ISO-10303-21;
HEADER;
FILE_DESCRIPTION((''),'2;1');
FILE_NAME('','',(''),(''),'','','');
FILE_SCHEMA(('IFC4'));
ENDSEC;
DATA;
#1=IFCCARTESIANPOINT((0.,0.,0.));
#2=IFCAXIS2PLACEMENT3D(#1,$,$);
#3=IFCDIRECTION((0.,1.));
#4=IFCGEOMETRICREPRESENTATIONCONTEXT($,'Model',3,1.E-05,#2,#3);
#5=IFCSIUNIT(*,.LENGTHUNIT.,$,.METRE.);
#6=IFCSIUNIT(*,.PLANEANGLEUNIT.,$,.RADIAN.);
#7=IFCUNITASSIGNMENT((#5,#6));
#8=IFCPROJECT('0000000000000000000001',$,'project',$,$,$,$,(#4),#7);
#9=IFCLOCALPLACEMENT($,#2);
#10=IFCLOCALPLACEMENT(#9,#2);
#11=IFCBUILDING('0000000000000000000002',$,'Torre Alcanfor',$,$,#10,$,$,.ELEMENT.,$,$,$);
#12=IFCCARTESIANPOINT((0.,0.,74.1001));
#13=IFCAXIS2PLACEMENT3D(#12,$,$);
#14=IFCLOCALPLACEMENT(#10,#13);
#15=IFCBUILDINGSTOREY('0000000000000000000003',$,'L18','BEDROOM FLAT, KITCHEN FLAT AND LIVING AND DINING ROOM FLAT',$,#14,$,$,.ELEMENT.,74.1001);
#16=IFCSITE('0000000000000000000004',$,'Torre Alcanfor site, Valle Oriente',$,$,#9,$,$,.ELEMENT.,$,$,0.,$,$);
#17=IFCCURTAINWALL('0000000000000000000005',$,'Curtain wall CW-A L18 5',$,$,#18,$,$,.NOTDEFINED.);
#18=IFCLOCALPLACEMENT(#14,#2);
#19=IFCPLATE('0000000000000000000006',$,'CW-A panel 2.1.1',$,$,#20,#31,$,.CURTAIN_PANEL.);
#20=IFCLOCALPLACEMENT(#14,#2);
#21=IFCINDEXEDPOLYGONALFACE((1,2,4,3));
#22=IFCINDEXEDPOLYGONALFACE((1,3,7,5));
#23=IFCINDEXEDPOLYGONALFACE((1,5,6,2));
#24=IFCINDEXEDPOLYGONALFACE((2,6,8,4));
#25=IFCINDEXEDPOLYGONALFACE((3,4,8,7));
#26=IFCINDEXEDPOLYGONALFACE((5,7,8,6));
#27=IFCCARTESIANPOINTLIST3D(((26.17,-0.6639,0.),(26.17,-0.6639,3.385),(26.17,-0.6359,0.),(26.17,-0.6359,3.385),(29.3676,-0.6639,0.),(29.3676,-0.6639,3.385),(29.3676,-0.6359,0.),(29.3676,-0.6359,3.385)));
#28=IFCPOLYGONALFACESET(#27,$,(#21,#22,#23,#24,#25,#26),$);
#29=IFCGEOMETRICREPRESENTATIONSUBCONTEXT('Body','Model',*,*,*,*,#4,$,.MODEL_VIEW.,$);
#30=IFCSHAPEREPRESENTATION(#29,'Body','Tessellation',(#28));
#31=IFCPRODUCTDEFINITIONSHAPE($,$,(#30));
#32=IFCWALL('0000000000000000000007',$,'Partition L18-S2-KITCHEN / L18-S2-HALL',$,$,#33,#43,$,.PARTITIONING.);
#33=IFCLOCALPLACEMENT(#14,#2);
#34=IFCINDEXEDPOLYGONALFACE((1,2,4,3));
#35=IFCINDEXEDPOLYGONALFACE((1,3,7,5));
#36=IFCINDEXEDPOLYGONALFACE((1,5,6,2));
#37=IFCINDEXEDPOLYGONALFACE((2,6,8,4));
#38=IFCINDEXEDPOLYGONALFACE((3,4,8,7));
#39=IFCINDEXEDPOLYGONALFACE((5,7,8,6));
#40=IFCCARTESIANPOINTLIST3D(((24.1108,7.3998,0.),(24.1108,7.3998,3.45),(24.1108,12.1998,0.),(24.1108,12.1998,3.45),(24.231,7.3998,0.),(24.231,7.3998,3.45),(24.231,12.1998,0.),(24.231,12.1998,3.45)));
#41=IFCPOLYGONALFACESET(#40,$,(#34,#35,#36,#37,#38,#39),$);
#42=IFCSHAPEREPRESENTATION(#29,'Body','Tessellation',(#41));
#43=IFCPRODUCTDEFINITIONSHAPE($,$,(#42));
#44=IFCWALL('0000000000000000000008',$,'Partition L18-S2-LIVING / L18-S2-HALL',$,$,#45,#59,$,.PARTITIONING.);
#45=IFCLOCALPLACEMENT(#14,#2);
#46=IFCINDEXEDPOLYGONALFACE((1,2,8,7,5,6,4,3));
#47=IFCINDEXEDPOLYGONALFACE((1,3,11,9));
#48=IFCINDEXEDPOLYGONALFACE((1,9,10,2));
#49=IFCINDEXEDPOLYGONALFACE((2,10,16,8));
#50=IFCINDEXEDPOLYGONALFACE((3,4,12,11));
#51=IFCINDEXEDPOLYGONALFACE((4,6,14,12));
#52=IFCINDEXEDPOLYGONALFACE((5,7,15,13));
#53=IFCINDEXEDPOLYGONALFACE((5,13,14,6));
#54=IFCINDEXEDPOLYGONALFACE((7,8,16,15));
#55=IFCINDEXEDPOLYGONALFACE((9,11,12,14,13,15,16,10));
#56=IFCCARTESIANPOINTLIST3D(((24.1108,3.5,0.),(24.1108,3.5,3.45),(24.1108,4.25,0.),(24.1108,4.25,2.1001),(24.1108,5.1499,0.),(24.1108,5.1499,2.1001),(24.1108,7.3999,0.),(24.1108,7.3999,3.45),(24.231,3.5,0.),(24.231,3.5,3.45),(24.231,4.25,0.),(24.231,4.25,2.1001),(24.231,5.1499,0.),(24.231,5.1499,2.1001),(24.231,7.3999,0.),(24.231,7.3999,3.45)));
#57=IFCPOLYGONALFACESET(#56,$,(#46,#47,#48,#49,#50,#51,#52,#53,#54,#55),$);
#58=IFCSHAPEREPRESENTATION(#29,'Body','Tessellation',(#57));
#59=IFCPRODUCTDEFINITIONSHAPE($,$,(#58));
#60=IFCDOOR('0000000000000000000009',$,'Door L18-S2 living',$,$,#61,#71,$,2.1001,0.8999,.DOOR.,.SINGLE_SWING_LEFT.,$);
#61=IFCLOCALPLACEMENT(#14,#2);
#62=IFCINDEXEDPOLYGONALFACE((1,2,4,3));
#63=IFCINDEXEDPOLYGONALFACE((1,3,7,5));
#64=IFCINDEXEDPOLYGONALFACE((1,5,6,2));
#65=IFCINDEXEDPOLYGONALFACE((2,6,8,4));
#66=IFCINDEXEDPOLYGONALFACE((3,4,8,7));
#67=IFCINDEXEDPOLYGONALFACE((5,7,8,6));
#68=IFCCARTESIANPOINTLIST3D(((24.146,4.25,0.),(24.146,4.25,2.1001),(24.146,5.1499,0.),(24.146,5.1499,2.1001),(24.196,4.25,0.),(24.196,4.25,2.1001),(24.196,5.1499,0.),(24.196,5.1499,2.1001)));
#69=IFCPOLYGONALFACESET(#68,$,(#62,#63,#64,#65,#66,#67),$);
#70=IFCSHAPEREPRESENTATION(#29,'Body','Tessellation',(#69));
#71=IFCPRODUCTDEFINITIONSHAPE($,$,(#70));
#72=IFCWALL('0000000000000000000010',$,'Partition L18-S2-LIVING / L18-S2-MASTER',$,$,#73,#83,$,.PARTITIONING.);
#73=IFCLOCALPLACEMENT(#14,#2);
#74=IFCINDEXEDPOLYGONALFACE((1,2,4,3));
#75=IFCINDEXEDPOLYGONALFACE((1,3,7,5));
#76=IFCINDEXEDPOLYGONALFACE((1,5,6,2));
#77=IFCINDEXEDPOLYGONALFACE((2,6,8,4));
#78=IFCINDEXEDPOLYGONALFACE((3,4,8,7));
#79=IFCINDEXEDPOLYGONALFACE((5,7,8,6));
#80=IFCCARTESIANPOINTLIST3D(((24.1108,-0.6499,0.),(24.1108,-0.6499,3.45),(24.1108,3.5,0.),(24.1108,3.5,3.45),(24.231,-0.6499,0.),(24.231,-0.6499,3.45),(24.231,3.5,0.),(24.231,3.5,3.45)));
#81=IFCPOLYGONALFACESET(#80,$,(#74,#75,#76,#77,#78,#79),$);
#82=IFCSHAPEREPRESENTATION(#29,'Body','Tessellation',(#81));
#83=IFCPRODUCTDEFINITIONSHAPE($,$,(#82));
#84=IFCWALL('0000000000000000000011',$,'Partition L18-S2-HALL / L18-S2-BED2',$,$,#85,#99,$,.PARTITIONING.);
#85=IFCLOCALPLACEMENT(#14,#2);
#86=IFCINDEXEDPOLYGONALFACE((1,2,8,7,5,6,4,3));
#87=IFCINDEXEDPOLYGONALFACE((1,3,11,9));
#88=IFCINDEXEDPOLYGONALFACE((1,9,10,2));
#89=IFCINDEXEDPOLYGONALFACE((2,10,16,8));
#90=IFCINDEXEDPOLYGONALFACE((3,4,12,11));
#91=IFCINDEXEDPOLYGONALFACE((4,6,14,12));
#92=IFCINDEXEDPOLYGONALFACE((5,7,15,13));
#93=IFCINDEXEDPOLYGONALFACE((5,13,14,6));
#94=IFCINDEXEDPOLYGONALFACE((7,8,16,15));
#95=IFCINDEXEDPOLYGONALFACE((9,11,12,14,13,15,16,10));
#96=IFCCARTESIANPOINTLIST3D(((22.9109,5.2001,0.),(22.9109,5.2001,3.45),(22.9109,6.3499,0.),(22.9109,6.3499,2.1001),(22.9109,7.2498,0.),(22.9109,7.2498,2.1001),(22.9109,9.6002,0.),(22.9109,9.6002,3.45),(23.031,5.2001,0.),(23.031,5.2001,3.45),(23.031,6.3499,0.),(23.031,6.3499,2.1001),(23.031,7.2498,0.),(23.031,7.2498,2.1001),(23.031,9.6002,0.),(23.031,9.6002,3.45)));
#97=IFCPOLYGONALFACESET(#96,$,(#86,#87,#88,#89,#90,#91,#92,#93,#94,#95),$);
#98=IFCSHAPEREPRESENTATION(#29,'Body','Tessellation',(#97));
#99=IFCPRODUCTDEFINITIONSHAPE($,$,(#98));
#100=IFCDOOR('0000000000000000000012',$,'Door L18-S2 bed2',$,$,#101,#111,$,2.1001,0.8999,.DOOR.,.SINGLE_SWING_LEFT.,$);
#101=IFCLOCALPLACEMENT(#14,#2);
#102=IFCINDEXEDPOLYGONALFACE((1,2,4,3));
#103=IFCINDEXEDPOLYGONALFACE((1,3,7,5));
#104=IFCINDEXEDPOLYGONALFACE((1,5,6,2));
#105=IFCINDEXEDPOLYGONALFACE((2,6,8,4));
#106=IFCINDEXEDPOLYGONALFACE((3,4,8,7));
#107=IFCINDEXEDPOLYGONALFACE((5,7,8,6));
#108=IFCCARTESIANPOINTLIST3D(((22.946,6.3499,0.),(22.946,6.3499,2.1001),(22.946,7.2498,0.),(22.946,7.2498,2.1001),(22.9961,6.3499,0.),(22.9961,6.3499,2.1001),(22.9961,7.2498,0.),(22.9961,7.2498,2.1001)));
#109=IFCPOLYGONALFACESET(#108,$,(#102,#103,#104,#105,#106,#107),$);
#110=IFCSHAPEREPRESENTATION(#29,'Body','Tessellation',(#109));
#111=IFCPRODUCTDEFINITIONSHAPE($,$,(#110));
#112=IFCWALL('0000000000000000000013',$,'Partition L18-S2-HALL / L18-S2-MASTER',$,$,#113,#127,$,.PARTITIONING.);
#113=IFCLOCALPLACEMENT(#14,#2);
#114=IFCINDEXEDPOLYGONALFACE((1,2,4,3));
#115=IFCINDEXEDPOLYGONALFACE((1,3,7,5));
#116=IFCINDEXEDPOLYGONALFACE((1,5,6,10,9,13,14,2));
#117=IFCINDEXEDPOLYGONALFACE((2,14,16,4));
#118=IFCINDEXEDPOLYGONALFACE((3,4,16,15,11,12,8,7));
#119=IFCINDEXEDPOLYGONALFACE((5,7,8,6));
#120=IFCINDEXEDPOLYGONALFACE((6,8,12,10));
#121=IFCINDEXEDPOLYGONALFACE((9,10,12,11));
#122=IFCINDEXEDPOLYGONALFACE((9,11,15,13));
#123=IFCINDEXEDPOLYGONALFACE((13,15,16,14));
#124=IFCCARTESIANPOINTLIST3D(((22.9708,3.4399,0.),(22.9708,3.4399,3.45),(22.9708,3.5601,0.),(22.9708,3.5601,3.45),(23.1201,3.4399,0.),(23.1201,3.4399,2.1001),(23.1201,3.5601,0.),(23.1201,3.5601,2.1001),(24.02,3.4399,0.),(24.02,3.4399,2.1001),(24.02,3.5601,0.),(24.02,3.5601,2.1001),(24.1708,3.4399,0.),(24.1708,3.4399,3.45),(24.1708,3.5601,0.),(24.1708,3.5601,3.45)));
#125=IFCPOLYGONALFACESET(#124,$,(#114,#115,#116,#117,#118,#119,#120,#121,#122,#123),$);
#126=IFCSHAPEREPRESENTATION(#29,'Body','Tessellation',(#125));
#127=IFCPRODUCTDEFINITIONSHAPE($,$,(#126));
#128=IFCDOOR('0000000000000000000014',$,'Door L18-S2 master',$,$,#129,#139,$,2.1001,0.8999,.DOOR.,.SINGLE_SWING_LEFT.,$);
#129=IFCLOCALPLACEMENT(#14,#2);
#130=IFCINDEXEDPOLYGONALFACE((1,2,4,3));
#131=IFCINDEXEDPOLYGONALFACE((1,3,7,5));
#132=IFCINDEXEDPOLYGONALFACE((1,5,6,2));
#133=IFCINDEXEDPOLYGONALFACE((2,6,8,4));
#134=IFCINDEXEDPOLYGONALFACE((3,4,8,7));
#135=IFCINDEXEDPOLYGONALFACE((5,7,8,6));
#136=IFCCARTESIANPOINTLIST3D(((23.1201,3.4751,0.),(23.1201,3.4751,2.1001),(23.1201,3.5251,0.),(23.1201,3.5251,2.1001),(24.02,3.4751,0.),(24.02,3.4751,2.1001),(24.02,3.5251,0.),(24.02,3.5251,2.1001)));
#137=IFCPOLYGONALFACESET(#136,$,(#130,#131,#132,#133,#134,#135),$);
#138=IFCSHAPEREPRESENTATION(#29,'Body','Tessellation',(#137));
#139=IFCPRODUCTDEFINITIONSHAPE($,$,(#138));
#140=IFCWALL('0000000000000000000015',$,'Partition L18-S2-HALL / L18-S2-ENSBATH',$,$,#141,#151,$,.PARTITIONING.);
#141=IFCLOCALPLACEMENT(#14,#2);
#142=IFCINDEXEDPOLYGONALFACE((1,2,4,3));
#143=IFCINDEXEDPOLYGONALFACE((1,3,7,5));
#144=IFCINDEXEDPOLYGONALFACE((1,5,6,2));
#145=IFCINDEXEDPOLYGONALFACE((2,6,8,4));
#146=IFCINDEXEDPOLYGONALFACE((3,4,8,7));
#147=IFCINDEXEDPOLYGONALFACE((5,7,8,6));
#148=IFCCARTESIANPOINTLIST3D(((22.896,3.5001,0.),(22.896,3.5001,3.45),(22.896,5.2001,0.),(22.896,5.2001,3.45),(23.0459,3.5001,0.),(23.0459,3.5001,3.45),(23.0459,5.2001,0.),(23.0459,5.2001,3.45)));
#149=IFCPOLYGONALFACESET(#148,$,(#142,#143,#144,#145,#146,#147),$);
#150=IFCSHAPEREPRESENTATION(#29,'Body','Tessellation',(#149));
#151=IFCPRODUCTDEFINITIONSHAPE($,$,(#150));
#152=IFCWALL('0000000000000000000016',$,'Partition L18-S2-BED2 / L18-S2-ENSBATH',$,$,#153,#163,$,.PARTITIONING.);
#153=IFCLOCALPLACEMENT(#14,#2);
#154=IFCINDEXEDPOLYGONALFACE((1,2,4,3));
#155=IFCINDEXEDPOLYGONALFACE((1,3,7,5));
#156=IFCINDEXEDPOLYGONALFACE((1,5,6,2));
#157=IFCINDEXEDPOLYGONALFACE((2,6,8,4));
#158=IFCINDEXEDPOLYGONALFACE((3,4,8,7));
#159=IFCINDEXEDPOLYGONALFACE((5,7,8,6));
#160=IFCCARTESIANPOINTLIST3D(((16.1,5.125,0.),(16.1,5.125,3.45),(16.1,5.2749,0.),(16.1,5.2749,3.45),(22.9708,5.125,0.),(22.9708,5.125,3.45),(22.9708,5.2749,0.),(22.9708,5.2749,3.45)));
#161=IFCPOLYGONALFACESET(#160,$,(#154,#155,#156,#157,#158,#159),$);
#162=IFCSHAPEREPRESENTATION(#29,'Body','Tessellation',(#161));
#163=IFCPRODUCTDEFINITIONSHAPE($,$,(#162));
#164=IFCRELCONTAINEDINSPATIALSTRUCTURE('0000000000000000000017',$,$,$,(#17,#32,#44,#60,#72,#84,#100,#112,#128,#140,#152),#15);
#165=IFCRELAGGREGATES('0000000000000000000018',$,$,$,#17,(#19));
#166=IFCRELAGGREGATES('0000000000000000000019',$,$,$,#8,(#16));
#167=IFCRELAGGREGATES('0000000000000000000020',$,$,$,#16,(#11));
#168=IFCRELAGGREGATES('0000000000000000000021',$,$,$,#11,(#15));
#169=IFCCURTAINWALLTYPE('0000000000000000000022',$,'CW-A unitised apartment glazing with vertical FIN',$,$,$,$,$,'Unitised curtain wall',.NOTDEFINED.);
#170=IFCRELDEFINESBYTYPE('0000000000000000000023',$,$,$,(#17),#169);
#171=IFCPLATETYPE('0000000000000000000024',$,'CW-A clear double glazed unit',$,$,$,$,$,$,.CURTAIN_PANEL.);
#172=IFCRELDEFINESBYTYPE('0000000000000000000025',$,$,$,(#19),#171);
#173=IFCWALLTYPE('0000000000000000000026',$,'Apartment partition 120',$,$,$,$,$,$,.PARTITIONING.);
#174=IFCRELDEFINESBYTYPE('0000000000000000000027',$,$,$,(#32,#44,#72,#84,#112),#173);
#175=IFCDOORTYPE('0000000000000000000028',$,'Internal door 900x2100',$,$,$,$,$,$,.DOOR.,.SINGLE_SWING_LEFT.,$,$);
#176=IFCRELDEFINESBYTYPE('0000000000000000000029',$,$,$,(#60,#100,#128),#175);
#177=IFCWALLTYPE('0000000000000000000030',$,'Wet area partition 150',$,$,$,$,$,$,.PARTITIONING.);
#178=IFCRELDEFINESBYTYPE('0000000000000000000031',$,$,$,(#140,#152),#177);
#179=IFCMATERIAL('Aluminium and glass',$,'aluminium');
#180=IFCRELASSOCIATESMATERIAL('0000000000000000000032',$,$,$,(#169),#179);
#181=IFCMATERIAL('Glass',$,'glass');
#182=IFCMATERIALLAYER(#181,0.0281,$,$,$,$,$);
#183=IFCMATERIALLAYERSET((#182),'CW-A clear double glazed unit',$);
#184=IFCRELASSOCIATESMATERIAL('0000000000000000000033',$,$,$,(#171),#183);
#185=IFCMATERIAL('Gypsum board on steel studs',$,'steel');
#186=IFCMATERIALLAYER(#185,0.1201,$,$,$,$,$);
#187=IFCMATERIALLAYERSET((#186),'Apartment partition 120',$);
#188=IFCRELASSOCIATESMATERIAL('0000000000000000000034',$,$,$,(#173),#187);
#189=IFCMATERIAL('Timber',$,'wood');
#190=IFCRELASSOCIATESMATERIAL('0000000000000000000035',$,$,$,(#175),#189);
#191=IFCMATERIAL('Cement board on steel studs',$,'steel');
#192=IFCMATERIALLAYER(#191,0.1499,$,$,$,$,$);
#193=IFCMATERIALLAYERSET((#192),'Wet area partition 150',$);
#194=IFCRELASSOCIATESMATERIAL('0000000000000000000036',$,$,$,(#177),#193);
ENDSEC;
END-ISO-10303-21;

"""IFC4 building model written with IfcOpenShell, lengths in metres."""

from ifc_helpers import new_model, si_unit, direction, frame, frame_2d, origin, origin_2d, place, context, subcontext, project, spatial, rectangle, extrude, material, layer, layer_set, type_object, element, fill, aggregate, save


model = new_model("IFC4")

# Units and contexts
model_context = context("Model", 3, precision=1e-05, world=origin(), true_north=direction((0.0, 1.0)))
body_context = subcontext(model_context, "Body", "Model", "MODEL_VIEW")
ifc_project = project(units=[si_unit("LENGTHUNIT", "METRE"), si_unit("PLANEANGLEUNIT", "RADIAN")], contexts=[model_context])

# Site, building, storey
site_placement = place(None, origin())
site = spatial("IfcSite", under=ifc_project, at=site_placement, Name="Torre Alcanfor site, Valle Oriente", CompositionType="ELEMENT", RefElevation=0.0)
building_placement = place(site_placement, origin())
building = spatial("IfcBuilding", under=site, at=building_placement, Name="Torre Alcanfor", CompositionType="ELEMENT")
storey_placement = place(building_placement, frame((0.0, 0.0, 74.1001)))
storey = spatial("IfcBuildingStorey", under=building, at=storey_placement, Name="L18", Description="BEDROOM FLAT, KITCHEN FLAT AND LIVING AND DINING ROOM FLAT", CompositionType="ELEMENT", Elevation=74.1001)

# Curtain wall
ifc_material_1 = material(Name="Aluminium and glass", Category="aluminium")
curtain_wall_type = type_object("IfcCurtainWallType", Name="CW-A unitised apartment glazing with vertical FIN", ElementType="Unitised curtain wall", PredefinedType="NOTDEFINED", material=ifc_material_1)
curtain_wall_placement = place(storey_placement, origin())
curtain_wall = element("IfcCurtainWall", 1, at=curtain_wall_placement, inside=storey, type_object=curtain_wall_type, Name="Curtain wall CW-A L18 5", PredefinedType="NOTDEFINED")

# Plate
ifc_material_2 = material(Name="Glass", Category="glass")
ifc_layer_1 = layer(ifc_material_2, 0.0281)
ifc_layer_set_1 = layer_set([ifc_layer_1], Name="CW-A clear double glazed unit")
plate_type = type_object("IfcPlateType", Name="CW-A clear double glazed unit", PredefinedType="CURTAIN_PANEL", material=ifc_layer_set_1)
plate_1_placement = place(storey_placement, frame((27.7688, -0.6499, 0.0), z_axis=(0.0, 0.0, 1.0), x_axis=(1.0, 0.0, 0.0)))
plate_1 = element("IfcPlate", 2, at=plate_1_placement, type_object=plate_type, Name="CW-A panel 2.1.1", PredefinedType="CURTAIN_PANEL", context=body_context, shape_type="SweptSolid", body=[
    extrude(rectangle(XDim=3.1975, YDim=0.0281, at=origin_2d()), origin(), (0.0, 0.0, 1.0), 3.385),
])
aggregate(curtain_wall, [plate_1])

# Wall
ifc_material_3 = material(Name="Gypsum board on steel studs", Category="steel")
ifc_layer_2 = layer(ifc_material_3, 0.1201)
ifc_layer_set_2 = layer_set([ifc_layer_2], Name="Apartment partition 120")
wall_type_1 = type_object("IfcWallType", Name="Apartment partition 120", PredefinedType="PARTITIONING", material=ifc_layer_set_2)
wall_1_placement = place(storey_placement, frame((24.1709, 7.3999, 0.0), z_axis=(0.0, 0.0, 1.0), x_axis=(0.0, 1.0, 0.0)))
element("IfcWall", 3, at=wall_1_placement, inside=storey, type_object=wall_type_1, Name="Partition L18-S2-KITCHEN / L18-S2-HALL", PredefinedType="PARTITIONING", context=body_context, shape_type="SweptSolid", body=[
    extrude(rectangle(XDim=4.8, YDim=0.1201, at=frame_2d((2.3999, 0.0))), origin(), (0.0, 0.0, 1.0), 3.45),
])

# Wall, opening, door
wall_2_placement = place(storey_placement, frame((24.1709, 3.5, 0.0), z_axis=(0.0, 0.0, 1.0), x_axis=(0.0, 1.0, 0.0)))
wall_2 = element("IfcWall", 4, at=wall_2_placement, inside=storey, type_object=wall_type_1, Name="Partition L18-S2-LIVING / L18-S2-HALL", PredefinedType="PARTITIONING", context=body_context, shape_type="SweptSolid", body=[
    extrude(rectangle(XDim=3.8999, YDim=0.1201, at=frame_2d((1.95, 0.0))), origin(), (0.0, 0.0, 1.0), 3.45),
])
opening_1_placement = place(wall_2_placement, frame((0.75, 0.0, 0.0)))
opening_1 = element("IfcOpeningElement", 5, at=opening_1_placement, cuts=wall_2, PredefinedType="OPENING", context=body_context, shape_type="SweptSolid", body=[
    extrude(rectangle(XDim=0.8999, YDim=2.1001, at=frame_2d((0.45, 1.05))), frame((0.0, 0.0701, 0.0), z_axis=(0.0, -1.0, 0.0), x_axis=(1.0, 0.0, 0.0)), (0.0, 0.0, 1.0), 0.1401),
])
ifc_material_4 = material(Name="Timber", Category="wood")
door_type_1 = type_object("IfcDoorType", Name="Internal door 900x2100", OperationType="SINGLE_SWING_LEFT", PredefinedType="DOOR", material=ifc_material_4)
door_1_placement = place(opening_1_placement, frame((0.8999, 0.0, 0.0), z_axis=(0.0, 0.0, 1.0), x_axis=(-1.0, 0.0, 0.0)))
door_1 = element("IfcDoor", 6, at=door_1_placement, inside=storey, type_object=door_type_1, Name="Door L18-S2 living", OperationType="SINGLE_SWING_LEFT", OverallHeight=2.1001, OverallWidth=0.8999, PredefinedType="DOOR", context=body_context, shape_type="SweptSolid", body=[
    extrude(rectangle(XDim=0.8999, YDim=2.1001, at=frame_2d((0.45, 1.05))), frame((0.0, 0.0251, 0.0), z_axis=(0.0, -1.0, 0.0), x_axis=(1.0, 0.0, 0.0)), (0.0, 0.0, 1.0), 0.05),
])
fill(opening_1, door_1)

# Wall
wall_3_placement = place(storey_placement, frame((24.1709, -0.6499, 0.0), z_axis=(0.0, 0.0, 1.0), x_axis=(0.0, 1.0, 0.0)))
element("IfcWall", 7, at=wall_3_placement, inside=storey, type_object=wall_type_1, Name="Partition L18-S2-LIVING / L18-S2-MASTER", PredefinedType="PARTITIONING", context=body_context, shape_type="SweptSolid", body=[
    extrude(rectangle(XDim=4.1499, YDim=0.1201, at=frame_2d((2.075, 0.0))), origin(), (0.0, 0.0, 1.0), 3.45),
])

# Walls, openings, doors
wall_4_placement = place(storey_placement, frame((22.9709, 5.2, 0.0), z_axis=(0.0, 0.0, 1.0), x_axis=(0.0, 1.0, 0.0)))
wall_4 = element("IfcWall", 8, at=wall_4_placement, inside=storey, type_object=wall_type_1, Name="Partition L18-S2-HALL / L18-S2-BED2", PredefinedType="PARTITIONING", context=body_context, shape_type="SweptSolid", body=[
    extrude(rectangle(XDim=4.4001, YDim=0.1201, at=frame_2d((2.2002, 0.0))), origin(), (0.0, 0.0, 1.0), 3.45),
])
opening_2_placement = place(wall_4_placement, frame((1.1499, 0.0, 0.0)))
opening_2 = element("IfcOpeningElement", 9, at=opening_2_placement, cuts=wall_4, PredefinedType="OPENING", context=body_context, shape_type="SweptSolid", body=[
    extrude(rectangle(XDim=0.8999, YDim=2.1001, at=frame_2d((0.45, 1.05))), frame((0.0, 0.0701, 0.0), z_axis=(0.0, -1.0, 0.0), x_axis=(1.0, 0.0, 0.0)), (0.0, 0.0, 1.0), 0.1401),
])
door_2_placement = place(opening_2_placement, origin())
door_2 = element("IfcDoor", 10, at=door_2_placement, inside=storey, type_object=door_type_1, Name="Door L18-S2 bed2", OperationType="SINGLE_SWING_LEFT", OverallHeight=2.1001, OverallWidth=0.8999, PredefinedType="DOOR", context=body_context, shape_type="SweptSolid", body=[
    extrude(rectangle(XDim=0.8999, YDim=2.1001, at=frame_2d((0.45, 1.05))), frame((0.0, 0.0249, 0.0), z_axis=(0.0, -1.0, 0.0), x_axis=(1.0, 0.0, 0.0)), (0.0, 0.0, 1.0), 0.05),
])
fill(opening_2, door_2)
wall_5_placement = place(storey_placement, frame((24.1709, 3.5, 0.0), z_axis=(0.0, 0.0, 1.0), x_axis=(-1.0, 0.0, 0.0)))
wall_5 = element("IfcWall", 11, at=wall_5_placement, inside=storey, type_object=wall_type_1, Name="Partition L18-S2-HALL / L18-S2-MASTER", PredefinedType="PARTITIONING", context=body_context, shape_type="SweptSolid", body=[
    extrude(rectangle(XDim=1.2, YDim=0.1201, at=frame_2d((0.6001, 0.0))), origin(), (0.0, 0.0, 1.0), 3.45),
])
opening_3_placement = place(wall_5_placement, frame((0.1509, 0.0, 0.0)))
opening_3 = element("IfcOpeningElement", 12, at=opening_3_placement, cuts=wall_5, PredefinedType="OPENING", context=body_context, shape_type="SweptSolid", body=[
    extrude(rectangle(XDim=0.8999, YDim=2.1001, at=frame_2d((0.45, 1.05))), frame((0.0, 0.0701, 0.0), z_axis=(0.0, -1.0, 0.0), x_axis=(1.0, 0.0, 0.0)), (0.0, 0.0, 1.0), 0.1401),
])
door_3_placement = place(opening_3_placement, origin())
door_3 = element("IfcDoor", 13, at=door_3_placement, inside=storey, type_object=door_type_1, Name="Door L18-S2 master", OperationType="SINGLE_SWING_LEFT", OverallHeight=2.1001, OverallWidth=0.8999, PredefinedType="DOOR", context=body_context, shape_type="SweptSolid", body=[
    extrude(rectangle(XDim=0.8999, YDim=2.1001, at=frame_2d((0.45, 1.05))), frame((0.0, 0.0249, 0.0), z_axis=(0.0, -1.0, 0.0), x_axis=(1.0, 0.0, 0.0)), (0.0, 0.0, 1.0), 0.05),
])
fill(opening_3, door_3)

# Walls
ifc_material_5 = material(Name="Cement board on steel studs", Category="steel")
ifc_layer_3 = layer(ifc_material_5, 0.1499)
ifc_layer_set_3 = layer_set([ifc_layer_3], Name="Wet area partition 150")
wall_type_2 = type_object("IfcWallType", Name="Wet area partition 150", PredefinedType="PARTITIONING", material=ifc_layer_set_3)
wall_6_placement = place(storey_placement, frame((22.9709, 3.5, 0.0), z_axis=(0.0, 0.0, 1.0), x_axis=(0.0, 1.0, 0.0)))
element("IfcWall", 14, at=wall_6_placement, inside=storey, type_object=wall_type_2, Name="Partition L18-S2-HALL / L18-S2-ENSBATH", PredefinedType="PARTITIONING", context=body_context, shape_type="SweptSolid", body=[
    extrude(rectangle(XDim=1.7, YDim=0.1499, at=frame_2d((0.8501, 0.0))), origin(), (0.0, 0.0, 1.0), 3.45),
])
wall_7_placement = place(storey_placement, frame((22.9709, 5.2, 0.0), z_axis=(0.0, 0.0, 1.0), x_axis=(-1.0, 0.0, 0.0)))
element("IfcWall", 15, at=wall_7_placement, inside=storey, type_object=wall_type_2, Name="Partition L18-S2-BED2 / L18-S2-ENSBATH", PredefinedType="PARTITIONING", context=body_context, shape_type="SweptSolid", body=[
    extrude(rectangle(XDim=6.8708, YDim=0.1499, at=frame_2d((3.4355, 0.0))), origin(), (0.0, 0.0, 1.0), 3.45),
])

save(model, "model.ifc")
